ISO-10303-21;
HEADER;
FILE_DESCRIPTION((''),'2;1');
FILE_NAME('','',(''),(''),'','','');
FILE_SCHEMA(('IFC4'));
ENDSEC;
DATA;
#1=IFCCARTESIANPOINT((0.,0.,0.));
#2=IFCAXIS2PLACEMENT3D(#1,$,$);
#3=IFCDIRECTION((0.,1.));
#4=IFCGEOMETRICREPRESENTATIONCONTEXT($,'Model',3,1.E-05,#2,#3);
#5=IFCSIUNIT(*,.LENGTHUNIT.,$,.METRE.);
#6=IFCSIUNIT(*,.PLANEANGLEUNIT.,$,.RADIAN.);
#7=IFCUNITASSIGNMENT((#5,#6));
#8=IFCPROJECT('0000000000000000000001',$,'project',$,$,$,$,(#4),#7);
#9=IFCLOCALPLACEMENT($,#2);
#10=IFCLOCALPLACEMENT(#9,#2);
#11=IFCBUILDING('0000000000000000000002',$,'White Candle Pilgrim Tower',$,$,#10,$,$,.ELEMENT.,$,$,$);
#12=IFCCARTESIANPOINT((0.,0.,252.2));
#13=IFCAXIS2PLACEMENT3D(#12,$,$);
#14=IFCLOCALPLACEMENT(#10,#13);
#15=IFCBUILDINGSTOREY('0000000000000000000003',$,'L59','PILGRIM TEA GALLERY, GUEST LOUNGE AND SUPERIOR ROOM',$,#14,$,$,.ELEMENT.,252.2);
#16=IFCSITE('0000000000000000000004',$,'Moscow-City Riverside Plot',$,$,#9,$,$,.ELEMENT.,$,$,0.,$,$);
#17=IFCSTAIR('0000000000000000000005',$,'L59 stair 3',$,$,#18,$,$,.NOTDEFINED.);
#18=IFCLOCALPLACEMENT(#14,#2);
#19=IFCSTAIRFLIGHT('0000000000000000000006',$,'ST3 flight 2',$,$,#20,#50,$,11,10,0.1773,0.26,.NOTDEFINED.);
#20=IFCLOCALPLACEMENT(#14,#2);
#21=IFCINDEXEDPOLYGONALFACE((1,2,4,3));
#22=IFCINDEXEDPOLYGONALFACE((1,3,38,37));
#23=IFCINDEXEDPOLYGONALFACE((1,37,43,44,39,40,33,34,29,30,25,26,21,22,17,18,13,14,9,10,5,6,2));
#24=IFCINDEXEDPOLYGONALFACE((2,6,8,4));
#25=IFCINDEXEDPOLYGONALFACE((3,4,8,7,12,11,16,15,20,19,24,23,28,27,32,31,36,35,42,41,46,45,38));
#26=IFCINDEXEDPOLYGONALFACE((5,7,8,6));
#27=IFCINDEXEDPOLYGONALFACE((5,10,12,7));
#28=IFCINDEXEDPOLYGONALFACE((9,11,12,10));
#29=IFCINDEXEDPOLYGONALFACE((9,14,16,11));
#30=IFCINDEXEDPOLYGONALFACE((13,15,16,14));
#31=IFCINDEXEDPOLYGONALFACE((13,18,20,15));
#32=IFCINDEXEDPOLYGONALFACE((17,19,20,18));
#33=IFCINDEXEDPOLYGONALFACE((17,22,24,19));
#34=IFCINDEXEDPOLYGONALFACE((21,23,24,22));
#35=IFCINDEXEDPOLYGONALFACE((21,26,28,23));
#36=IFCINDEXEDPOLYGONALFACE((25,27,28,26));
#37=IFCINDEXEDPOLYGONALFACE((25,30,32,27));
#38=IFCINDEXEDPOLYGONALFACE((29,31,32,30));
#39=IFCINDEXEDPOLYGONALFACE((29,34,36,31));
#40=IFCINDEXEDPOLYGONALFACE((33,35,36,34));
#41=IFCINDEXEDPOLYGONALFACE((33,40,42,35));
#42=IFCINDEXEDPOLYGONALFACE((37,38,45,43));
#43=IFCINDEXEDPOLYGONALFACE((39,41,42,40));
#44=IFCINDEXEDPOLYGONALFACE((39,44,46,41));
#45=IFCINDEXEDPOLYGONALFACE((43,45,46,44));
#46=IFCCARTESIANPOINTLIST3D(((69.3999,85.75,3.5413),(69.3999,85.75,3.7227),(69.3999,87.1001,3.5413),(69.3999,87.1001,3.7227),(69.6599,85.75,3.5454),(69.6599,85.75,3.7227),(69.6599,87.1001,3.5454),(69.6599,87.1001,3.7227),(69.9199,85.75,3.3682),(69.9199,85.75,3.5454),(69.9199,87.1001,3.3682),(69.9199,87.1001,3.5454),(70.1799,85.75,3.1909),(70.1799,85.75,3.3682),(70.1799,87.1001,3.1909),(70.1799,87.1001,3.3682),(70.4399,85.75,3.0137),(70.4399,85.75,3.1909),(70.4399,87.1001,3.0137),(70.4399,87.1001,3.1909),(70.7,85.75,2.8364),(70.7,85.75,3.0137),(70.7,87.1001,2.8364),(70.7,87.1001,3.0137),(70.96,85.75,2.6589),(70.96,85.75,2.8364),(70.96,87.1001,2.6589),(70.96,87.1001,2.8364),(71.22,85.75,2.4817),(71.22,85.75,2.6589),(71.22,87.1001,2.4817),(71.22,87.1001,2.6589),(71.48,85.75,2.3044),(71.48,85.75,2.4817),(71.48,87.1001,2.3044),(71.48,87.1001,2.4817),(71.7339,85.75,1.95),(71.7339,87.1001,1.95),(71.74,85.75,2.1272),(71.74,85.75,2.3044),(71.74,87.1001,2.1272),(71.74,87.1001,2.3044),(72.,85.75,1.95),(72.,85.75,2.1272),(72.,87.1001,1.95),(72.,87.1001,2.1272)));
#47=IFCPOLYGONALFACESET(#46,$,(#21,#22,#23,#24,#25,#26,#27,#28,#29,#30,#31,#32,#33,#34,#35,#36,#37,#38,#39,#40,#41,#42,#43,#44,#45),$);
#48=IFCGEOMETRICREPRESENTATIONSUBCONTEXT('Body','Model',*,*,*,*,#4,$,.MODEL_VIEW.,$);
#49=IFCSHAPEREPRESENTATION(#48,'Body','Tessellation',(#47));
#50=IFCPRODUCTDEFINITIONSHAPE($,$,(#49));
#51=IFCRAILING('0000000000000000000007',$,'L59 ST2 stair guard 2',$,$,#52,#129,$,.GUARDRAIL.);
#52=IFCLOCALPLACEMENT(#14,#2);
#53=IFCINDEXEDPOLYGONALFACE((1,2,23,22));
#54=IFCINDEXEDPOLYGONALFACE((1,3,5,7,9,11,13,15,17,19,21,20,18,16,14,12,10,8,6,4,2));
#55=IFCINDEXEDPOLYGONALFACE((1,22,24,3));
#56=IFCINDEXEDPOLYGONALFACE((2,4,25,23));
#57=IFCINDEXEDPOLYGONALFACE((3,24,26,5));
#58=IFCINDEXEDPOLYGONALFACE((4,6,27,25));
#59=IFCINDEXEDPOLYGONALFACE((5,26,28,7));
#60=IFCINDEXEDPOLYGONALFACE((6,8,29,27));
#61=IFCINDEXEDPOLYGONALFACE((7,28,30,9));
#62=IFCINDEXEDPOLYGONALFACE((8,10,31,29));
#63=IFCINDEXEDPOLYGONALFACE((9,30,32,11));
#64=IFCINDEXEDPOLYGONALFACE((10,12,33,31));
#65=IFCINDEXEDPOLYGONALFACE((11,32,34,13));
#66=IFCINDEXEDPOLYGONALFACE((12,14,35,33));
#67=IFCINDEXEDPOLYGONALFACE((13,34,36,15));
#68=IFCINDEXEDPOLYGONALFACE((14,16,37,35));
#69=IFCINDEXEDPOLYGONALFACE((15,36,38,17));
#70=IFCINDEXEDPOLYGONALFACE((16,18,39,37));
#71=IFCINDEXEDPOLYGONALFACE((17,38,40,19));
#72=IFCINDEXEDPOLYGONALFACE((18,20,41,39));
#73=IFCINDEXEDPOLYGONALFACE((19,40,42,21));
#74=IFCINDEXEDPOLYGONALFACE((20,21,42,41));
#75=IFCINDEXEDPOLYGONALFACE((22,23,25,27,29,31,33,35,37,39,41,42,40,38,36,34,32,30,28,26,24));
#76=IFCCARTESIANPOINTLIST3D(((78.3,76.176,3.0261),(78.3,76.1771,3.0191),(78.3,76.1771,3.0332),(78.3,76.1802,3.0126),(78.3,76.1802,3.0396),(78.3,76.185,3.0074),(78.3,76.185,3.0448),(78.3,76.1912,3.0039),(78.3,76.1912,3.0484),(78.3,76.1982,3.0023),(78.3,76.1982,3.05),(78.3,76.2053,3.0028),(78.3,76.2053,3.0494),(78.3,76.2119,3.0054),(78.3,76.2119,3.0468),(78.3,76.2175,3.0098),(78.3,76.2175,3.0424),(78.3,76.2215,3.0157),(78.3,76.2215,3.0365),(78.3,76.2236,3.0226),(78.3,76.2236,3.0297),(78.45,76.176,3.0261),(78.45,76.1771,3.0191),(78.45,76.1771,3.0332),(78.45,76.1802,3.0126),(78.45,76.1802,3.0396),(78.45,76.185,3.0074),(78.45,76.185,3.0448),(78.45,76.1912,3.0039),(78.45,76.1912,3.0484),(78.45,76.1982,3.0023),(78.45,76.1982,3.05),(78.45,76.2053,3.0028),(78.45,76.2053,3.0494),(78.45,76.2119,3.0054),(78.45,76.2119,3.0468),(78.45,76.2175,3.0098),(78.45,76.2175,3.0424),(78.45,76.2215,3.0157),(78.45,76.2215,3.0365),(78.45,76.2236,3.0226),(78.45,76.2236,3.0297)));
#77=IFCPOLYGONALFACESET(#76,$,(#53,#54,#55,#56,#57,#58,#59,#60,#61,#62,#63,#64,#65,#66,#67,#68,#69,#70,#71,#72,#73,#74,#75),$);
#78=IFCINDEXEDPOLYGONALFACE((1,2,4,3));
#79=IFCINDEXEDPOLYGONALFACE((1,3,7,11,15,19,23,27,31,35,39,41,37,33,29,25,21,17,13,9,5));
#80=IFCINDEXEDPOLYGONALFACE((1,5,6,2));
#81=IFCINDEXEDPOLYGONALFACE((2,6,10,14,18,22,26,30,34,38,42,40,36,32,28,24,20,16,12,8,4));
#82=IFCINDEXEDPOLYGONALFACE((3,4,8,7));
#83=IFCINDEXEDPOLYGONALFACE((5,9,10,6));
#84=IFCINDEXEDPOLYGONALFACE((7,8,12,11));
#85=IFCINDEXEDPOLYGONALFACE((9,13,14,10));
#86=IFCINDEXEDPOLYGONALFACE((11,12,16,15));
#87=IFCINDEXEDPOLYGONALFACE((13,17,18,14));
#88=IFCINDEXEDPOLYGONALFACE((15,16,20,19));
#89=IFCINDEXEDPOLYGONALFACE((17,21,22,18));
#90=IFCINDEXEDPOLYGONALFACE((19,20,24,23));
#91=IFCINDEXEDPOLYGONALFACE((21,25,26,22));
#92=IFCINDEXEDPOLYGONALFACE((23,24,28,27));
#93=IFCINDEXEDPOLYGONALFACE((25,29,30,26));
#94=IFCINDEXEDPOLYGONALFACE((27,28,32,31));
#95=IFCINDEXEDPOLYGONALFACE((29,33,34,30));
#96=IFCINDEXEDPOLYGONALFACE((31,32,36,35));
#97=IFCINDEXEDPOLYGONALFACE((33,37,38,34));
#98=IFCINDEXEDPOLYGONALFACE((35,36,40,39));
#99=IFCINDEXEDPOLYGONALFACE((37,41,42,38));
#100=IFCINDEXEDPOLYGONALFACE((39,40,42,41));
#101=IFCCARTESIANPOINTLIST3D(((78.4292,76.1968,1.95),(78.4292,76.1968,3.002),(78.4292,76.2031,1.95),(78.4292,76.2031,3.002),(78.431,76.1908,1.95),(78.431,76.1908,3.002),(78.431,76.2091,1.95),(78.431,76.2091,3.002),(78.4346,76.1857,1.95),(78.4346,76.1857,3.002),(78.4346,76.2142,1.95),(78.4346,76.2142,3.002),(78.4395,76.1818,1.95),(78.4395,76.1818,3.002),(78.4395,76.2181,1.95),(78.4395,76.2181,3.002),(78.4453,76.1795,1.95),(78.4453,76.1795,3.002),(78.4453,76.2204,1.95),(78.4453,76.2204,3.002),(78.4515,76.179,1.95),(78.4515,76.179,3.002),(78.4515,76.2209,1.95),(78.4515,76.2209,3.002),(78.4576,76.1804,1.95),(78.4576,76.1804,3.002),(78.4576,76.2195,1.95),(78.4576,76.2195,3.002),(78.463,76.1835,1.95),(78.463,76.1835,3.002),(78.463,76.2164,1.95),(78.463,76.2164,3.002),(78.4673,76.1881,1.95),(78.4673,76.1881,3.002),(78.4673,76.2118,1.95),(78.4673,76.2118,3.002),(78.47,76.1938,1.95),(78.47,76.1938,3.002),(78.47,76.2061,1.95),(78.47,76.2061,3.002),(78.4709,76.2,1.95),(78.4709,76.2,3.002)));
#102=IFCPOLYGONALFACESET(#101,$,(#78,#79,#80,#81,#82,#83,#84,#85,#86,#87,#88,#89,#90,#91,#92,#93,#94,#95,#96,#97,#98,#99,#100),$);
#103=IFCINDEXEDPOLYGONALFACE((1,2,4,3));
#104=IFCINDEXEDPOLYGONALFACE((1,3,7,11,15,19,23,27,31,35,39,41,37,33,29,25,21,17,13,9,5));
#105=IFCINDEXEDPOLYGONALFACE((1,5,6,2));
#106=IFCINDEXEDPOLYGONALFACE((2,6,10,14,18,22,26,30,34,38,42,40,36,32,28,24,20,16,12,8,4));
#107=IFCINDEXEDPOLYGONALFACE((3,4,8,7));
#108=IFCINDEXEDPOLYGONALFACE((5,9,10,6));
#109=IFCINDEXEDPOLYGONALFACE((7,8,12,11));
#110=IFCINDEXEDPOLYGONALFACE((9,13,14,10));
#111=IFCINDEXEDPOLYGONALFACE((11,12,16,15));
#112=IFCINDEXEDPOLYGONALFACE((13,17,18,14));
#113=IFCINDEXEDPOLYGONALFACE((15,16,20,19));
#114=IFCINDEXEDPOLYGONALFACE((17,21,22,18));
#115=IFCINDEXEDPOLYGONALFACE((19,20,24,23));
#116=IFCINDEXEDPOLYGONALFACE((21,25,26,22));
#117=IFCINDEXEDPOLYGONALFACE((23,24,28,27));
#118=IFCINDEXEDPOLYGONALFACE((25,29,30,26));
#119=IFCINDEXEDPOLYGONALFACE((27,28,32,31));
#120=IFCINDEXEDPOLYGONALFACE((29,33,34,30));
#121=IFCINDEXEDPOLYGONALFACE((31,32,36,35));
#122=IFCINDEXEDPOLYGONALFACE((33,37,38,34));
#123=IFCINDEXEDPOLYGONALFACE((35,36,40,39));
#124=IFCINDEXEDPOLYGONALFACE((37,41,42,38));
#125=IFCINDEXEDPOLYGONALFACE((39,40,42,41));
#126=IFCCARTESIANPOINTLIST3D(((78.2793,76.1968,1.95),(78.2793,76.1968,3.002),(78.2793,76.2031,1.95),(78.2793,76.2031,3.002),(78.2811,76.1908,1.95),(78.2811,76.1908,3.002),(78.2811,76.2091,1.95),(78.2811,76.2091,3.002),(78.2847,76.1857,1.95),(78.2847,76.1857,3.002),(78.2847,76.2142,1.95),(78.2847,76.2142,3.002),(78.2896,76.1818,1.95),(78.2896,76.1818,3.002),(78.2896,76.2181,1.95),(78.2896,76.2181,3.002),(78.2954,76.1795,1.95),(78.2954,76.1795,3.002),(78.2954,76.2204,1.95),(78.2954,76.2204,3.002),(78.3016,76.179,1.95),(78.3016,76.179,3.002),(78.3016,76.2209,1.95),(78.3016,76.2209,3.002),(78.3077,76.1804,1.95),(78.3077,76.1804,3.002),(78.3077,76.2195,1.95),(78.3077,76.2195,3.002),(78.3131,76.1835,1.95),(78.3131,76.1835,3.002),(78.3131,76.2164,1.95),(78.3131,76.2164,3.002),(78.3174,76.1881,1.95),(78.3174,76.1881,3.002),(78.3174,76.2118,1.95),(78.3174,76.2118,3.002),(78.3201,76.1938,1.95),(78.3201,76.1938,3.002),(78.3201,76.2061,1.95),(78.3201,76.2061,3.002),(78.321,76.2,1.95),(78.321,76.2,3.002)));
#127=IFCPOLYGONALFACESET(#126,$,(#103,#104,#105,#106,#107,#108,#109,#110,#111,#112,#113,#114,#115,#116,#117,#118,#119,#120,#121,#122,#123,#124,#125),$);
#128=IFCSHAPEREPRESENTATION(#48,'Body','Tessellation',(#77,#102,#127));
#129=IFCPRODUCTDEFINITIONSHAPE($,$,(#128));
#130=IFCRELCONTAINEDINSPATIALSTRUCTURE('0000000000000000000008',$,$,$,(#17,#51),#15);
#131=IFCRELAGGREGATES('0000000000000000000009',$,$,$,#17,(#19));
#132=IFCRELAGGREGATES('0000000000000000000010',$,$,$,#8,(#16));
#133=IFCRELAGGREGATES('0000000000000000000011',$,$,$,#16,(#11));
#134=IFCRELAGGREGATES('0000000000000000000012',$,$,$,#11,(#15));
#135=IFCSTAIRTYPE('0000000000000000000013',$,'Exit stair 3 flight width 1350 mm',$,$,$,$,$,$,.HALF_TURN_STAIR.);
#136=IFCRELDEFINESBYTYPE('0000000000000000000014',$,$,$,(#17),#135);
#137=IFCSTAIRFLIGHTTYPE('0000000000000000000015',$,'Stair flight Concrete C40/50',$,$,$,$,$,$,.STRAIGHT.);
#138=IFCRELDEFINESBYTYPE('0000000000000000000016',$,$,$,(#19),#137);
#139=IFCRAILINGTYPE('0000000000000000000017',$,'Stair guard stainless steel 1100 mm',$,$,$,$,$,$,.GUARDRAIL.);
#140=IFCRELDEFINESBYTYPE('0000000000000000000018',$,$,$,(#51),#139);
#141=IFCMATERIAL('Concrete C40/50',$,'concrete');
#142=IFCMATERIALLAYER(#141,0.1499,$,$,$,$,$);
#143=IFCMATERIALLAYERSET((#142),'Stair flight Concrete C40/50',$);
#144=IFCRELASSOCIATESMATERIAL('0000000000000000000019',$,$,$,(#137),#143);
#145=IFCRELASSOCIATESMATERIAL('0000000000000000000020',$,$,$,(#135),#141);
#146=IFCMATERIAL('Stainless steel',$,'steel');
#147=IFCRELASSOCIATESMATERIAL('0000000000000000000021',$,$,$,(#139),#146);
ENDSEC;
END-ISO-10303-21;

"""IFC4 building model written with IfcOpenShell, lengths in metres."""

from ifc_helpers import new_model, si_unit, direction, frame, origin, origin_2d, place, context, subcontext, project, spatial, polyline, circle, outline, extrude, material, layer, layer_set, type_object, element, aggregate, save


model = new_model("IFC4")

# Units and contexts
model_context = context("Model", 3, precision=1e-05, world=origin(), true_north=direction((0.0, 1.0)))
body_context = subcontext(model_context, "Body", "Model", "MODEL_VIEW")
ifc_project = project(units=[si_unit("LENGTHUNIT", "METRE"), si_unit("PLANEANGLEUNIT", "RADIAN")], contexts=[model_context])

# Site, building, storey
site_placement = place(None, origin())
site = spatial("IfcSite", under=ifc_project, at=site_placement, Name="Moscow-City Riverside Plot", CompositionType="ELEMENT", RefElevation=0.0)
building_placement = place(site_placement, origin())
building = spatial("IfcBuilding", under=site, at=building_placement, Name="White Candle Pilgrim Tower", CompositionType="ELEMENT")
storey_placement = place(building_placement, frame((0.0, 0.0, 252.2)))
storey = spatial("IfcBuildingStorey", under=building, at=storey_placement, Name="L59", Description="PILGRIM TEA GALLERY, GUEST LOUNGE AND SUPERIOR ROOM", CompositionType="ELEMENT", Elevation=252.2)

# Shared definitions
ifc_material_1 = material(Name="Concrete C40/50", Category="concrete")
ifc_layer_1 = layer(ifc_material_1, 0.1499)
ifc_layer_set_1 = layer_set([ifc_layer_1], Name="Stair flight Concrete C40/50")
stair_flight_type = type_object("IfcStairFlightType", Name="Stair flight Concrete C40/50", PredefinedType="STRAIGHT", material=ifc_layer_set_1)

# Stair, stair flight
stair_type_1 = type_object("IfcStairType", Name="Exit stair 3 flight width 1350 mm", PredefinedType="HALF_TURN_STAIR", material=ifc_material_1)
stair_1_placement = place(storey_placement, origin())
stair_1 = element("IfcStair", 1, at=stair_1_placement, inside=storey, type_object=stair_type_1, Name="L59 stair 3", PredefinedType="NOTDEFINED")
stair_flight_1_placement = place(storey_placement, frame((72.0, 86.425, 1.95), z_axis=(0.0, 0.0, 1.0), x_axis=(-1.0, 0.0, 0.0)))
stair_flight_1 = element("IfcStairFlight", 2, at=stair_flight_1_placement, type_object=stair_flight_type, Name="ST3 flight 2", NumberOfRisers=11, NumberOfTreads=10, PredefinedType="NOTDEFINED", RiserHeight=0.1773, TreadLength=0.26, context=body_context, shape_type="SweptSolid", body=[
    extrude(outline(polyline([(0.0, 0.0), (0.0, 0.1772), (0.26, 0.1772), (0.26, 0.3545), (0.52, 0.3545), (0.52, 0.5317), (0.78, 0.5317), (0.78, 0.709), (1.04, 0.709), (1.04, 0.8865), (1.3, 0.8865), (1.3, 1.0637), (1.5601, 1.0637), (1.5601, 1.241), (1.8201, 1.241), (1.8201, 1.4182), (2.0801, 1.4182), (2.0801, 1.5955), (2.3401, 1.5955), (2.3401, 1.7727), (2.6001, 1.7727), (2.6001, 1.95), (2.6001, 1.5913), (0.2661, 0.0), (0.0, 0.0)])), frame((0.0, 0.675, 0.0), z_axis=(0.0, -1.0, 0.0), x_axis=(1.0, 0.0, 0.0)), (0.0, 0.0, 1.0), 1.3501),
])
aggregate(stair_1, [stair_flight_1])

# Railing
ifc_material_2 = material(Name="Stainless steel", Category="steel")
railing_type_1 = type_object("IfcRailingType", Name="Stair guard stainless steel 1100 mm", PredefinedType="GUARDRAIL", material=ifc_material_2)
railing_1_placement = place(storey_placement, frame((78.45, 76.2, 1.95)))
element("IfcRailing", 3, at=railing_1_placement, inside=storey, type_object=railing_type_1, Name="L59 ST2 stair guard 2", PredefinedType="GUARDRAIL", context=body_context, shape_type="SweptSolid", body=[
    extrude(circle(Radius=0.0239, at=origin_2d()), frame((0.0, 0.0, 1.0762), z_axis=(-1.0, 0.0, 0.0), x_axis=(0.0, -1.0, 0.0)), (0.0, 0.0, 1.0), 0.1499),
    extrude(circle(Radius=0.021, at=origin_2d()), origin(), (0.0, 0.0, 1.0), 1.052),
    extrude(circle(Radius=0.021, at=origin_2d()), frame((-0.1499, 0.0, 0.0)), (0.0, 0.0, 1.0), 1.052),
])

save(model, "model.ifc")
